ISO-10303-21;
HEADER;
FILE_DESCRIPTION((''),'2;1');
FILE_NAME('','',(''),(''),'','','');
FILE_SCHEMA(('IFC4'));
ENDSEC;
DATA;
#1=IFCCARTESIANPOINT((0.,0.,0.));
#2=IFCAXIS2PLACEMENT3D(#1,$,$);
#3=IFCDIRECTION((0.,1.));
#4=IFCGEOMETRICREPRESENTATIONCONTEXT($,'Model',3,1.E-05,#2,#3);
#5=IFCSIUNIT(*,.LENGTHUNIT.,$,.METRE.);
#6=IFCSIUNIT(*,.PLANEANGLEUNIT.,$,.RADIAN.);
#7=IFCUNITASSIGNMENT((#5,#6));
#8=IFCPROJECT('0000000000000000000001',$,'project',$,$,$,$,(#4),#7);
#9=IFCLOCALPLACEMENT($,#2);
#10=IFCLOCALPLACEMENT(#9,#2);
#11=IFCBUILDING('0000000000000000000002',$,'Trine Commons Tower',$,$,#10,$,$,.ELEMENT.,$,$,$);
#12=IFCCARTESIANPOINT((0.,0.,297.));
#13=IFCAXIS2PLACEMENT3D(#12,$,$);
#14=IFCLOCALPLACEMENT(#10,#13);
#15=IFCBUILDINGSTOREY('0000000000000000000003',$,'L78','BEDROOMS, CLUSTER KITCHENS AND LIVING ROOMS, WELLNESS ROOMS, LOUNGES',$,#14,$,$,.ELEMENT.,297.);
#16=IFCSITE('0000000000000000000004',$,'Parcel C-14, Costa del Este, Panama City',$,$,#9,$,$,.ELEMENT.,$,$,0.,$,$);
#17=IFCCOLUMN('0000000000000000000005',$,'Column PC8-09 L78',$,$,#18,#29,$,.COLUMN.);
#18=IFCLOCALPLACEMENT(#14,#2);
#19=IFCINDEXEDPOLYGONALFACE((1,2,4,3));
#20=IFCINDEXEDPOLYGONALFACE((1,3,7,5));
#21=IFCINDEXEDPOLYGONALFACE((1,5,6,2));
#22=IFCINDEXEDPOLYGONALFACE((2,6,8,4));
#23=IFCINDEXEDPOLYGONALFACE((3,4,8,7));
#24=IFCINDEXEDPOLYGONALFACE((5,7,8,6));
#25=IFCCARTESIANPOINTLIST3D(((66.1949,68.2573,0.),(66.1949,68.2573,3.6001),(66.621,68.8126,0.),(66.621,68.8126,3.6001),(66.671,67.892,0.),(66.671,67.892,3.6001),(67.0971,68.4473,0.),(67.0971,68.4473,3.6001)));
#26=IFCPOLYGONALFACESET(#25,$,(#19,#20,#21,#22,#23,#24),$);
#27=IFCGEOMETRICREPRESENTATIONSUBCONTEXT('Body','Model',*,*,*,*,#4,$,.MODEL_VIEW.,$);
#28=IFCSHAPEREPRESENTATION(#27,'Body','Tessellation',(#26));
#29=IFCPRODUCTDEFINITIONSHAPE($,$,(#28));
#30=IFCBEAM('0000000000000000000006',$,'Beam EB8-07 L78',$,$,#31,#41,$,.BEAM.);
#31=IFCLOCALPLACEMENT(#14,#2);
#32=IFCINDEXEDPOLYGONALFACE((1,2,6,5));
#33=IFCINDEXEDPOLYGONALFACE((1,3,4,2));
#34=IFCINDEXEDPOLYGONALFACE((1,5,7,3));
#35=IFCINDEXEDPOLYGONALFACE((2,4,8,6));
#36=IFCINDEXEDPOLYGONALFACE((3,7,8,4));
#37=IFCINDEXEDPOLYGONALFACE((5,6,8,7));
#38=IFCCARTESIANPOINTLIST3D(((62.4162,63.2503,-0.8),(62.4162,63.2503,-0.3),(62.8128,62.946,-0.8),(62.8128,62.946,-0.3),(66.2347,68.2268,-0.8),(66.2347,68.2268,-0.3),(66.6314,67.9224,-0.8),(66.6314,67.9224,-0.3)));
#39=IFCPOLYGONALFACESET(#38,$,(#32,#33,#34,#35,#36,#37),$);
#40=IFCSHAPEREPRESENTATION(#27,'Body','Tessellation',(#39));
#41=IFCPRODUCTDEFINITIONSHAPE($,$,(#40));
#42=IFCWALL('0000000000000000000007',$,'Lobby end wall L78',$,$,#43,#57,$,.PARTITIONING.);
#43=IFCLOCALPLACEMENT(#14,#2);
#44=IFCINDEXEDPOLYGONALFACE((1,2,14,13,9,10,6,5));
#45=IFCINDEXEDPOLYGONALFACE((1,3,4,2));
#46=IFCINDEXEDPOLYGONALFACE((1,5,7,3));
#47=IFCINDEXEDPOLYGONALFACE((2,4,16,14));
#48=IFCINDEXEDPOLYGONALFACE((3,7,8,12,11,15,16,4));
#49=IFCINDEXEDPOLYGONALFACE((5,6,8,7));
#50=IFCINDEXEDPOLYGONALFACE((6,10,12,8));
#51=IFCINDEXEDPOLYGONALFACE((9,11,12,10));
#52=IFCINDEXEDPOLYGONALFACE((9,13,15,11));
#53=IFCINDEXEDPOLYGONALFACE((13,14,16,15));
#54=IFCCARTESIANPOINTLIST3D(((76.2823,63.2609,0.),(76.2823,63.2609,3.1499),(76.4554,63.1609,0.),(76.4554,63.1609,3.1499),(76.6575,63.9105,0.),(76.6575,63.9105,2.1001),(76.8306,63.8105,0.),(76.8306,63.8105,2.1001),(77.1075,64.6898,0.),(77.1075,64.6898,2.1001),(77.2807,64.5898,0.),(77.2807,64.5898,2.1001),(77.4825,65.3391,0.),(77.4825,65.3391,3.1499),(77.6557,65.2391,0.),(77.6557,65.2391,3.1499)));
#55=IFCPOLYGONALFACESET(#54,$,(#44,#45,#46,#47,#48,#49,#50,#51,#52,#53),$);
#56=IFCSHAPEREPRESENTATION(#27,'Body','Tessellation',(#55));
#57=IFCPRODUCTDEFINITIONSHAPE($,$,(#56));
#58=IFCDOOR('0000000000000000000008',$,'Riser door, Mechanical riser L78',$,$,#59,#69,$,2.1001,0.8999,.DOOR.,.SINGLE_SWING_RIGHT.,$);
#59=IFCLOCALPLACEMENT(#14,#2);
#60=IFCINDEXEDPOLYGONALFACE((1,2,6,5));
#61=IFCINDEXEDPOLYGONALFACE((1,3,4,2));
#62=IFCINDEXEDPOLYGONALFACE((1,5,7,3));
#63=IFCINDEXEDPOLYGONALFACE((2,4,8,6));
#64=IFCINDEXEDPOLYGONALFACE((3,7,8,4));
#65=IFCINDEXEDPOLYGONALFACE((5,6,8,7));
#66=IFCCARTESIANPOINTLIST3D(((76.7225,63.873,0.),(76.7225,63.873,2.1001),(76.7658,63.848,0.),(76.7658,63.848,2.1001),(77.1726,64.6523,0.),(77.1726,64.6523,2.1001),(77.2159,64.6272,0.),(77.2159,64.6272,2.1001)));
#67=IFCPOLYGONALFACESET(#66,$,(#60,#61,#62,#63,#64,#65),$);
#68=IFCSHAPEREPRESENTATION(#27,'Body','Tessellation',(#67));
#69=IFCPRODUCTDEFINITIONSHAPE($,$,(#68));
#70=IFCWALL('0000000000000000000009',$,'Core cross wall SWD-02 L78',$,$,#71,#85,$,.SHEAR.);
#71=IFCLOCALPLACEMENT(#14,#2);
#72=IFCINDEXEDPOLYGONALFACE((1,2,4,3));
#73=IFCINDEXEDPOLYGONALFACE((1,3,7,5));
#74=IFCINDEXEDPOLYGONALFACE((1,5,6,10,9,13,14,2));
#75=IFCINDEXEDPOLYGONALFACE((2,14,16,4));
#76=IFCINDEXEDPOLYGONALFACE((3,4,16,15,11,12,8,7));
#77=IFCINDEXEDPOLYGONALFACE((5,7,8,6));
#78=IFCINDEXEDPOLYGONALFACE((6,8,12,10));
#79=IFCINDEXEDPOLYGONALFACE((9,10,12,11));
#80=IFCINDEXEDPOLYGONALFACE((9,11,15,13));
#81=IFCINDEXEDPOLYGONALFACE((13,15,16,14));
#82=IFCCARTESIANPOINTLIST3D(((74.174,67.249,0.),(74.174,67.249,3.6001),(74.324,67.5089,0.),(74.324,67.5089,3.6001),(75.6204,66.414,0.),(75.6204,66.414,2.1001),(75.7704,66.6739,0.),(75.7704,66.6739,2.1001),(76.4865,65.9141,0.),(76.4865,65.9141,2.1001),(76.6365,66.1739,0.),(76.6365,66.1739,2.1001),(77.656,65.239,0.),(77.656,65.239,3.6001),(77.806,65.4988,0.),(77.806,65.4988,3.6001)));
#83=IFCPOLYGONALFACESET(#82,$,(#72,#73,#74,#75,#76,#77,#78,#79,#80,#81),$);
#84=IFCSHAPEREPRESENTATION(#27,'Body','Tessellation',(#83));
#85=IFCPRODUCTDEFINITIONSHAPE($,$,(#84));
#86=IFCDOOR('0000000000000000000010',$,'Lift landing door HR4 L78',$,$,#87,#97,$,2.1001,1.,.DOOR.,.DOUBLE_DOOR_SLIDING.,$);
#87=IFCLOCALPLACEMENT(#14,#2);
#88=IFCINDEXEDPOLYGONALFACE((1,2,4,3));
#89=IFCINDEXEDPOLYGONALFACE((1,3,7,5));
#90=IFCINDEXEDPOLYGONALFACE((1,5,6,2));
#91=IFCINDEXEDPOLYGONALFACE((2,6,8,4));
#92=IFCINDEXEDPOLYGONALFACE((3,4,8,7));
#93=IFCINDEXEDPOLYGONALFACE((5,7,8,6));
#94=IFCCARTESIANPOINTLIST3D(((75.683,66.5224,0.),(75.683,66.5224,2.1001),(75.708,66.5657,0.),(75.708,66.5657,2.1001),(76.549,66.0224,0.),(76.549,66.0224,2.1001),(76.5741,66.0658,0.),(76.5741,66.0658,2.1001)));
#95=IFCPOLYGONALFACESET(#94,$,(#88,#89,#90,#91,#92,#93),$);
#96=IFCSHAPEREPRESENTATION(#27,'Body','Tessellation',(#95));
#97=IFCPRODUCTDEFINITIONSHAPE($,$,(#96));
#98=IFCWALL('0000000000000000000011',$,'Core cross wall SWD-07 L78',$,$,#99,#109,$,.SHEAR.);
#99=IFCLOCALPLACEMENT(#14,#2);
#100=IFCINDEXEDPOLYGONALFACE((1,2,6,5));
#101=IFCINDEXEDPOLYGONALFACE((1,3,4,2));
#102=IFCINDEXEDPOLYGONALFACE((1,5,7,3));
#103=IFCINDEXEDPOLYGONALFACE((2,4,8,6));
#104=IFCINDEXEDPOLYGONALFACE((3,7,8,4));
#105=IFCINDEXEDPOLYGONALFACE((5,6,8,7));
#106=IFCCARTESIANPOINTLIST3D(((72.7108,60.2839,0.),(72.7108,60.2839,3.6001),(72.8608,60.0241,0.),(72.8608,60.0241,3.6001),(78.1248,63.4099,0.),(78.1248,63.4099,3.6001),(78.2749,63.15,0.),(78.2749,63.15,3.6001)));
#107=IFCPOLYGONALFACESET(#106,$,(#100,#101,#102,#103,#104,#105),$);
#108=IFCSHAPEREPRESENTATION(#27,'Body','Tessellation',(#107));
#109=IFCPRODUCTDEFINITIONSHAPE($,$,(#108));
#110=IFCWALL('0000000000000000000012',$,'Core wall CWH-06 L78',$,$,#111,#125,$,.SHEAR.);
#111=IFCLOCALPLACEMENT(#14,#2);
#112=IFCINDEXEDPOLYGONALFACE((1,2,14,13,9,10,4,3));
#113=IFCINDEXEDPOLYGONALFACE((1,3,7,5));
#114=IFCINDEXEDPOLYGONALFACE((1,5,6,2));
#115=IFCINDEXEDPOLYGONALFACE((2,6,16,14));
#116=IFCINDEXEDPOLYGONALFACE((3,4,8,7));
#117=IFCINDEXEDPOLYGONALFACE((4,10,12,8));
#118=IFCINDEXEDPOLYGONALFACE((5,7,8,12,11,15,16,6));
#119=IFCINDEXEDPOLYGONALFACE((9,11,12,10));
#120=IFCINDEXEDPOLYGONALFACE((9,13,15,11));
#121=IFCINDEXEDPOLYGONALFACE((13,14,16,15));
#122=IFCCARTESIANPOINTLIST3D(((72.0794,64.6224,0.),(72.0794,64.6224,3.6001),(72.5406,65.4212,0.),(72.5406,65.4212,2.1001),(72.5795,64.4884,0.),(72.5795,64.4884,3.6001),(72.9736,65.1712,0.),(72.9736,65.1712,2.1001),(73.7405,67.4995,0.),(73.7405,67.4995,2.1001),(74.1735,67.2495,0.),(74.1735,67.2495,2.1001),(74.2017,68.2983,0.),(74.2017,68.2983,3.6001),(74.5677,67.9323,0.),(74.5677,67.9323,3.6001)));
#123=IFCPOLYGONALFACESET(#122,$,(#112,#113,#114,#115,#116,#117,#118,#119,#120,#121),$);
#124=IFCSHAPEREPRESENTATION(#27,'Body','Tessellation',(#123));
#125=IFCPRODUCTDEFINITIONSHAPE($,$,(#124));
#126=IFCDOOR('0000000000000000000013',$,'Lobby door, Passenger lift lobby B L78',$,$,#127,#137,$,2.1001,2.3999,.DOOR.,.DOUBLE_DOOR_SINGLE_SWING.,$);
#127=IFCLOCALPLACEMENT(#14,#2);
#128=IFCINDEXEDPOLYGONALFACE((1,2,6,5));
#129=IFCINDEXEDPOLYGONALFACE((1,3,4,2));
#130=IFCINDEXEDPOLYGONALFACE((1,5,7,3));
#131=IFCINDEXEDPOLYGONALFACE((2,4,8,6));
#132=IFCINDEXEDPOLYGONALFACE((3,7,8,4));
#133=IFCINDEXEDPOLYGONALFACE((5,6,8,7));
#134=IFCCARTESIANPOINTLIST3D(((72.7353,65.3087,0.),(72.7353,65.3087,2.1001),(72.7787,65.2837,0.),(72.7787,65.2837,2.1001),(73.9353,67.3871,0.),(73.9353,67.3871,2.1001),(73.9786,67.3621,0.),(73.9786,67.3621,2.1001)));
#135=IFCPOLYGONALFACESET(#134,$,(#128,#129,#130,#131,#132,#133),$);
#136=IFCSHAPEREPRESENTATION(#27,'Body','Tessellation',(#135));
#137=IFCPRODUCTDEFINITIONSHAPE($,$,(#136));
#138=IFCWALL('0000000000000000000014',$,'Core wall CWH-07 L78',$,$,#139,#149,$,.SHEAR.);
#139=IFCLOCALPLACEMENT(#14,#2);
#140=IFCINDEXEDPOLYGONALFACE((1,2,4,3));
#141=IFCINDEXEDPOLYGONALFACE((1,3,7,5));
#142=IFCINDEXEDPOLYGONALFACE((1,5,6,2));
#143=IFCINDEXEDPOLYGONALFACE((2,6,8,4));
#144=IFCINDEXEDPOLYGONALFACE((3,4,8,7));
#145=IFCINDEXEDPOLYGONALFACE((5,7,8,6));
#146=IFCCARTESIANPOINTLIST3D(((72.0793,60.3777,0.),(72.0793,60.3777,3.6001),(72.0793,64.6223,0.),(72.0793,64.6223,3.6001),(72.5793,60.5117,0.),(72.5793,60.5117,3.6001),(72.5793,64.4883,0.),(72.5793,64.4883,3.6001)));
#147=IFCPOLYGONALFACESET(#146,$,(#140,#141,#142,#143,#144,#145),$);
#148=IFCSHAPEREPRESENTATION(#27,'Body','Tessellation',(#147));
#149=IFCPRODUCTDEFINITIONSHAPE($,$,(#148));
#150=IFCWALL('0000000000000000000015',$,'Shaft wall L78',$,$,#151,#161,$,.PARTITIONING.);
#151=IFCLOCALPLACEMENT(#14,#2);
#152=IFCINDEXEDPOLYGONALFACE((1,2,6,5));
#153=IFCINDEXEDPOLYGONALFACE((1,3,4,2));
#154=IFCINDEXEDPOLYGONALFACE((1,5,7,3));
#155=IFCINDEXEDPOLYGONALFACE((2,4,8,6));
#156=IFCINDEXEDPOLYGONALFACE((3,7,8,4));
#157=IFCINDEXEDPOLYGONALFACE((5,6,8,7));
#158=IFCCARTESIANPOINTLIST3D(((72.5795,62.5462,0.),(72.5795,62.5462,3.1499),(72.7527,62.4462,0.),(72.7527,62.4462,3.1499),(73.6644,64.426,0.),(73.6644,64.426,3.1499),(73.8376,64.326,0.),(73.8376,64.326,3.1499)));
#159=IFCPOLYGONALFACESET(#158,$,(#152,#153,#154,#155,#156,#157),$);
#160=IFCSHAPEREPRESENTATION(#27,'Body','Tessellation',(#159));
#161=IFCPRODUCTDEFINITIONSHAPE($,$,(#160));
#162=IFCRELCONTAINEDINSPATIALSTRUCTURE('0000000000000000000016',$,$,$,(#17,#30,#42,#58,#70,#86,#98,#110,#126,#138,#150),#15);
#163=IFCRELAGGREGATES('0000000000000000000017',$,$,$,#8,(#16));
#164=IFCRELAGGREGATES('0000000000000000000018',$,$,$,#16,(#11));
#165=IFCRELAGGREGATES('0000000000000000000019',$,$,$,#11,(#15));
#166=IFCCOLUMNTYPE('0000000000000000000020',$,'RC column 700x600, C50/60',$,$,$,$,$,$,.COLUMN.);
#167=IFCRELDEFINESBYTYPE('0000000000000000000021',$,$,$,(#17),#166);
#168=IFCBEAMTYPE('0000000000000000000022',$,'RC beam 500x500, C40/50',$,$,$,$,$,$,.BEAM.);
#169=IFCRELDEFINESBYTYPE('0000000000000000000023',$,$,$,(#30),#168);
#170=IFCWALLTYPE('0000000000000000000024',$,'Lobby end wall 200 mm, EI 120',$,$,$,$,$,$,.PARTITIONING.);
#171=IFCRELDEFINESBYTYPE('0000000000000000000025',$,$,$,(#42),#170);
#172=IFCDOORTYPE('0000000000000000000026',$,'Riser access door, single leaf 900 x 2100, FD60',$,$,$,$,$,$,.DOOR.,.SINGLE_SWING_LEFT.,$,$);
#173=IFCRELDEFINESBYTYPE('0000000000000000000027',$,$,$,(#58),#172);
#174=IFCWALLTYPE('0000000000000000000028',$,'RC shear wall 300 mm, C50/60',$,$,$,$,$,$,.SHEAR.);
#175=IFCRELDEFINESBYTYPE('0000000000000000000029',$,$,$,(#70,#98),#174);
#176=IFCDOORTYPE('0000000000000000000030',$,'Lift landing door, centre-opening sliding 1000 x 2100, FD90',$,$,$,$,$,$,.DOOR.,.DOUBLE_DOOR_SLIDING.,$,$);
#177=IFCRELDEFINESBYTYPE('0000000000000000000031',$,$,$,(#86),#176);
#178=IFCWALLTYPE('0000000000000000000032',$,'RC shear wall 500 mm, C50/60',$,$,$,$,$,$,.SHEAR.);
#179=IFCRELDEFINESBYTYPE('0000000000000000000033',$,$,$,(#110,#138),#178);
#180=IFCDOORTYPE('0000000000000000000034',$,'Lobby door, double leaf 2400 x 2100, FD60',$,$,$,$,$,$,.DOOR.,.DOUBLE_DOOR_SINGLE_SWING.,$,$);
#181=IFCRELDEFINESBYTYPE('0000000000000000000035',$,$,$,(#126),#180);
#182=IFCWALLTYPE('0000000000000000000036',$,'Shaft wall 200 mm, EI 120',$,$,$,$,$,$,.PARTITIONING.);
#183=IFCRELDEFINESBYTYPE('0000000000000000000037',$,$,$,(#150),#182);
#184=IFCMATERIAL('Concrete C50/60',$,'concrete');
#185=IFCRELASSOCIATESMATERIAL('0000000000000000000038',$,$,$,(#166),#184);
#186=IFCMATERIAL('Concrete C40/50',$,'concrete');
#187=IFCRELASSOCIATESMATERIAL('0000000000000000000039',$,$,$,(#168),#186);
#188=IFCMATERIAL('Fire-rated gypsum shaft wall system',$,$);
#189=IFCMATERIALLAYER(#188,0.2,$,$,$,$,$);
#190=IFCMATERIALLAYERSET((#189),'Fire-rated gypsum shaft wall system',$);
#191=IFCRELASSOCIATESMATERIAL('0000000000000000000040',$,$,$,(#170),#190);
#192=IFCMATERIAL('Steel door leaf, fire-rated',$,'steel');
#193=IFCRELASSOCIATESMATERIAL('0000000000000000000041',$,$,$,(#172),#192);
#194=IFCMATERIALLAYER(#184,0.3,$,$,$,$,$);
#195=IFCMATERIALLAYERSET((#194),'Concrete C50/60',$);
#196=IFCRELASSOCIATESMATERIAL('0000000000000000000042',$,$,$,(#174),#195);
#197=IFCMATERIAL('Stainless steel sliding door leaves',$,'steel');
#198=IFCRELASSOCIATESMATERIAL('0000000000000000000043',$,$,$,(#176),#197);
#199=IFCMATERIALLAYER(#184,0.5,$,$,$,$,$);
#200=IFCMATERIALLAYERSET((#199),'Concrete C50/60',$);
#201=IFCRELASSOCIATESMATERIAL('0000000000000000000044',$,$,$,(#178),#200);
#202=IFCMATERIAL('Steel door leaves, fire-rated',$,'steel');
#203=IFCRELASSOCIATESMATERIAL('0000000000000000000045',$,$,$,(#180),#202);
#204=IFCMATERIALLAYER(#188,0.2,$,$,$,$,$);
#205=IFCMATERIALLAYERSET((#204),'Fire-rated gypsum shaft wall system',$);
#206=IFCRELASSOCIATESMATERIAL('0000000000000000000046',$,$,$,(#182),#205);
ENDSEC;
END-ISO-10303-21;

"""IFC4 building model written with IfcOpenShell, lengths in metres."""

from ifc_helpers import new_model, si_unit, direction, frame, frame_2d, origin, origin_2d, place, context, subcontext, project, spatial, polyline, rectangle, outline, extrude, material, layer, layer_set, material_profile, profile_set, type_object, element, fill, save


model = new_model("IFC4")

# Units and contexts
model_context = context("Model", 3, precision=1e-05, world=origin(), true_north=direction((0.0, 1.0)))
body_context = subcontext(model_context, "Body", "Model", "MODEL_VIEW")
ifc_project = project(units=[si_unit("LENGTHUNIT", "METRE"), si_unit("PLANEANGLEUNIT", "RADIAN")], contexts=[model_context])

# Site, building, storey
site_placement = place(None, origin())
site = spatial("IfcSite", under=ifc_project, at=site_placement, Name="Parcel C-14, Costa del Este, Panama City", CompositionType="ELEMENT", RefElevation=0.0)
building_placement = place(site_placement, origin())
building = spatial("IfcBuilding", under=site, at=building_placement, Name="Trine Commons Tower", CompositionType="ELEMENT")
storey_placement = place(building_placement, frame((0.0, 0.0, 297.0)))
storey = spatial("IfcBuildingStorey", under=building, at=storey_placement, Name="L78", Description="BEDROOMS, CLUSTER KITCHENS AND LIVING ROOMS, WELLNESS ROOMS, LOUNGES", CompositionType="ELEMENT", Elevation=297.0)

# Column
ifc_material_1 = material(Name="Concrete C50/60", Category="concrete")
ifc_material_profile_1 = material_profile(ifc_material_1, rectangle(XDim=0.7, YDim=0.6001, at=origin_2d()), Name="RC 700x600")
ifc_profile_set_1 = profile_set([ifc_material_profile_1], Name="Concrete C50/60")
column_type = type_object("IfcColumnType", Name="RC column 700x600, C50/60", PredefinedType="COLUMN", material=ifc_profile_set_1)
column_placement = place(storey_placement, frame((66.646, 68.3523, 0.0), z_axis=(0.0, 0.0, 1.0), x_axis=(0.608761, 0.793353, 0.0)))
element("IfcColumn", 1, at=column_placement, inside=storey, type_object=column_type, Name="Column PC8-09 L78", PredefinedType="COLUMN", context=body_context, shape_type="SweptSolid", body=[
    extrude(rectangle(XDim=0.7, YDim=0.6001, at=origin_2d()), origin(), (0.0, 0.0, 1.0), 3.6001),
])

# Beam
ifc_material_2 = material(Name="Concrete C40/50", Category="concrete")
ifc_material_profile_2 = material_profile(ifc_material_2, rectangle(XDim=0.5, YDim=0.5, at=origin_2d()), Name="RC 500x500")
ifc_profile_set_2 = profile_set([ifc_material_profile_2], Name="Concrete C40/50")
beam_type = type_object("IfcBeamType", Name="RC beam 500x500, C40/50", PredefinedType="BEAM", material=ifc_profile_set_2)
beam_placement = place(storey_placement, frame((62.6145, 63.0981, -0.55), z_axis=(0.608757, 0.793357, 0.0), x_axis=(-0.793357, 0.608757, 0.0)))
element("IfcBeam", 2, at=beam_placement, inside=storey, type_object=beam_type, Name="Beam EB8-07 L78", PredefinedType="BEAM", context=body_context, shape_type="SweptSolid", body=[
    extrude(rectangle(XDim=0.5, YDim=0.5, at=origin_2d()), origin(), (0.0, 0.0, 1.0), 6.2727),
])

# Walls, openings, doors
ifc_material_3 = material(Name="Fire-rated gypsum shaft wall system")
ifc_layer_1 = layer(ifc_material_3, 0.2)
ifc_layer_set_1 = layer_set([ifc_layer_1], Name="Fire-rated gypsum shaft wall system")
wall_type_1 = type_object("IfcWallType", Name="Lobby end wall 200 mm, EI 120", PredefinedType="PARTITIONING", material=ifc_layer_set_1)
wall_1_placement = place(storey_placement, frame((77.5691, 65.2891, 0.0), z_axis=(0.0, 0.0, 1.0), x_axis=(-0.500122, -0.865955, 0.0)))
wall_1 = element("IfcWall", 3, at=wall_1_placement, inside=storey, type_object=wall_type_1, Name="Lobby end wall L78", PredefinedType="PARTITIONING", context=body_context, shape_type="SweptSolid", body=[
    extrude(rectangle(XDim=2.3999, YDim=0.2, at=frame_2d((1.2, 0.0))), origin(), (0.0, 0.0, 1.0), 3.1499),
])
opening_1_placement = place(wall_1_placement, frame((0.7498, 0.0, 0.0)))
opening_1 = element("IfcOpeningElement", 4, at=opening_1_placement, cuts=wall_1, PredefinedType="OPENING", context=body_context, shape_type="SweptSolid", body=[
    extrude(rectangle(XDim=0.8999, YDim=2.1001, at=frame_2d((0.45, 1.05))), frame((0.0, 0.1099, 0.0), z_axis=(0.0, -1.0, 0.0), x_axis=(1.0, 0.0, 0.0)), (0.0, 0.0, 1.0), 0.22),
])
ifc_material_4 = material(Name="Steel door leaf, fire-rated", Category="steel")
door_type_1 = type_object("IfcDoorType", Name="Riser access door, single leaf 900 x 2100, FD60", OperationType="SINGLE_SWING_LEFT", PredefinedType="DOOR", material=ifc_material_4)
door_1_placement = place(opening_1_placement, frame((0.8999, 0.0, 0.0), z_axis=(0.0, 0.0, 1.0), x_axis=(-1.0, 0.0, 0.0)))
door_1 = element("IfcDoor", 5, at=door_1_placement, inside=storey, type_object=door_type_1, Name="Riser door, Mechanical riser L78", OperationType="SINGLE_SWING_RIGHT", OverallHeight=2.1001, OverallWidth=0.8999, PredefinedType="DOOR", context=body_context, shape_type="SweptSolid", body=[
    extrude(rectangle(XDim=0.8999, YDim=2.1001, at=frame_2d((0.45, 1.05))), frame((0.0, 0.0249, 0.0), z_axis=(0.0, -1.0, 0.0), x_axis=(1.0, 0.0, 0.0)), (0.0, 0.0, 1.0), 0.05),
])
fill(opening_1, door_1)
ifc_layer_2 = layer(ifc_material_1, 0.3)
ifc_layer_set_2 = layer_set([ifc_layer_2], Name="Concrete C50/60")
wall_type_2 = type_object("IfcWallType", Name="RC shear wall 300 mm, C50/60", PredefinedType="SHEAR", material=ifc_layer_set_2)
wall_2_placement = place(storey_placement, frame((77.731, 65.3689, 0.0), z_axis=(0.0, 0.0, 1.0), x_axis=(-0.866056, 0.499947, 0.0)))
wall_2 = element("IfcWall", 6, at=wall_2_placement, inside=storey, type_object=wall_type_2, Name="Core cross wall SWD-02 L78", PredefinedType="SHEAR", context=body_context, shape_type="SweptSolid", body=[
    extrude(rectangle(XDim=4.0205, YDim=0.3, at=frame_2d((2.0103, 0.0))), origin(), (0.0, 0.0, 1.0), 3.6001),
])
opening_2_placement = place(wall_2_placement, frame((1.3503, 0.0, 0.0)))
opening_2 = element("IfcOpeningElement", 7, at=opening_2_placement, cuts=wall_2, PredefinedType="OPENING", context=body_context, shape_type="SweptSolid", body=[
    extrude(rectangle(XDim=1.0, YDim=2.1001, at=frame_2d((0.5, 1.05))), frame((0.0, 0.1599, 0.0), z_axis=(0.0, -1.0, 0.0), x_axis=(1.0, 0.0, 0.0)), (0.0, 0.0, 1.0), 0.3201),
])
ifc_material_5 = material(Name="Stainless steel sliding door leaves", Category="steel")
door_type_2 = type_object("IfcDoorType", Name="Lift landing door, centre-opening sliding 1000 x 2100, FD90", OperationType="DOUBLE_DOOR_SLIDING", PredefinedType="DOOR", material=ifc_material_5)
door_2_placement = place(opening_2_placement, origin())
door_2 = element("IfcDoor", 8, at=door_2_placement, inside=storey, type_object=door_type_2, Name="Lift landing door HR4 L78", OperationType="DOUBLE_DOOR_SLIDING", OverallHeight=2.1001, OverallWidth=1.0, PredefinedType="DOOR", context=body_context, shape_type="SweptSolid", body=[
    extrude(rectangle(XDim=1.0, YDim=2.1001, at=frame_2d((0.5, 1.05))), frame((0.0, 0.0249, 0.0), z_axis=(0.0, -1.0, 0.0), x_axis=(1.0, 0.0, 0.0)), (0.0, 0.0, 1.0), 0.05),
])
fill(opening_2, door_2)

# Wall
wall_3_placement = place(storey_placement, frame((78.2, 63.28, 0.0), z_axis=(0.0, 0.0, 1.0), x_axis=(-0.866014, -0.50002, 0.0)))
element("IfcWall", 9, at=wall_3_placement, inside=storey, type_object=wall_type_2, Name="Core cross wall SWD-07 L78", PredefinedType="SHEAR", context=body_context, shape_type="SweptSolid", body=[
    extrude(rectangle(XDim=6.2517, YDim=0.3, at=frame_2d((3.126, 0.0))), origin(), (0.0, 0.0, 1.0), 3.6001),
])

# Wall, opening, door
ifc_layer_3 = layer(ifc_material_1, 0.5)
ifc_layer_set_3 = layer_set([ifc_layer_3], Name="Concrete C50/60")
wall_type_3 = type_object("IfcWallType", Name="RC shear wall 500 mm, C50/60", PredefinedType="SHEAR", material=ifc_layer_set_3)
wall_4_placement = place(storey_placement, frame((74.4182, 68.1733, 0.0), z_axis=(0.0, 0.0, 1.0), x_axis=(-0.499993, -0.866029, 0.0)))
wall_4 = element("IfcWall", 10, at=wall_4_placement, inside=storey, type_object=wall_type_3, Name="Core wall CWH-06 L78", PredefinedType="SHEAR", context=body_context, shape_type="SweptSolid", body=[
    extrude(outline(polyline([(0.0, -0.25), (4.2446, -0.25), (4.1106, 0.25), (0.134, 0.25), (0.0, -0.25)])), origin(), (0.0, 0.0, 1.0), 3.6001),
])
opening_3_placement = place(wall_4_placement, frame((0.9224, 0.0, 0.0)))
opening_3 = element("IfcOpeningElement", 11, at=opening_3_placement, cuts=wall_4, PredefinedType="OPENING", context=body_context, shape_type="SweptSolid", body=[
    extrude(rectangle(XDim=2.3999, YDim=2.1001, at=frame_2d((1.2, 1.05))), frame((0.0, 0.26, 0.0), z_axis=(0.0, -1.0, 0.0), x_axis=(1.0, 0.0, 0.0)), (0.0, 0.0, 1.0), 0.52),
])
ifc_material_6 = material(Name="Steel door leaves, fire-rated", Category="steel")
door_type_3 = type_object("IfcDoorType", Name="Lobby door, double leaf 2400 x 2100, FD60", OperationType="DOUBLE_DOOR_SINGLE_SWING", PredefinedType="DOOR", material=ifc_material_6)
door_3_placement = place(opening_3_placement, origin())
door_3 = element("IfcDoor", 12, at=door_3_placement, inside=storey, type_object=door_type_3, Name="Lobby door, Passenger lift lobby B L78", OperationType="DOUBLE_DOOR_SINGLE_SWING", OverallHeight=2.1001, OverallWidth=2.3999, PredefinedType="DOOR", context=body_context, shape_type="SweptSolid", body=[
    extrude(rectangle(XDim=2.3999, YDim=2.1001, at=frame_2d((1.2, 1.05))), frame((0.0, 0.0249, 0.0), z_axis=(0.0, -1.0, 0.0), x_axis=(1.0, 0.0, 0.0)), (0.0, 0.0, 1.0), 0.05),
])
fill(opening_3, door_3)

# Walls
wall_5_placement = place(storey_placement, frame((72.3293, 64.6223, 0.0), z_axis=(0.0, 0.0, 1.0), x_axis=(0.0, -1.0, 0.0)))
element("IfcWall", 13, at=wall_5_placement, inside=storey, type_object=wall_type_3, Name="Core wall CWH-07 L78", PredefinedType="SHEAR", context=body_context, shape_type="SweptSolid", body=[
    extrude(outline(polyline([(0.0, -0.25), (4.2446, -0.25), (4.1106, 0.25), (0.134, 0.25), (0.0, -0.25)])), origin(), (0.0, 0.0, 1.0), 3.6001),
])
ifc_layer_4 = layer(ifc_material_3, 0.2)
ifc_layer_set_4 = layer_set([ifc_layer_4], Name="Fire-rated gypsum shaft wall system")
wall_type_4 = type_object("IfcWallType", Name="Shaft wall 200 mm, EI 120", PredefinedType="PARTITIONING", material=ifc_layer_set_4)
wall_6_placement = place(storey_placement, frame((73.751, 64.376, 0.0), z_axis=(0.0, 0.0, 1.0), x_axis=(-0.499865, -0.866103, 0.0)))
element("IfcWall", 14, at=wall_6_placement, inside=storey, type_object=wall_type_4, Name="Shaft wall L78", PredefinedType="PARTITIONING", context=body_context, shape_type="SweptSolid", body=[
    extrude(rectangle(XDim=2.1704, YDim=0.2, at=frame_2d((1.0852, 0.0))), origin(), (0.0, 0.0, 1.0), 3.1499),
])

save(model, "model.ifc")
